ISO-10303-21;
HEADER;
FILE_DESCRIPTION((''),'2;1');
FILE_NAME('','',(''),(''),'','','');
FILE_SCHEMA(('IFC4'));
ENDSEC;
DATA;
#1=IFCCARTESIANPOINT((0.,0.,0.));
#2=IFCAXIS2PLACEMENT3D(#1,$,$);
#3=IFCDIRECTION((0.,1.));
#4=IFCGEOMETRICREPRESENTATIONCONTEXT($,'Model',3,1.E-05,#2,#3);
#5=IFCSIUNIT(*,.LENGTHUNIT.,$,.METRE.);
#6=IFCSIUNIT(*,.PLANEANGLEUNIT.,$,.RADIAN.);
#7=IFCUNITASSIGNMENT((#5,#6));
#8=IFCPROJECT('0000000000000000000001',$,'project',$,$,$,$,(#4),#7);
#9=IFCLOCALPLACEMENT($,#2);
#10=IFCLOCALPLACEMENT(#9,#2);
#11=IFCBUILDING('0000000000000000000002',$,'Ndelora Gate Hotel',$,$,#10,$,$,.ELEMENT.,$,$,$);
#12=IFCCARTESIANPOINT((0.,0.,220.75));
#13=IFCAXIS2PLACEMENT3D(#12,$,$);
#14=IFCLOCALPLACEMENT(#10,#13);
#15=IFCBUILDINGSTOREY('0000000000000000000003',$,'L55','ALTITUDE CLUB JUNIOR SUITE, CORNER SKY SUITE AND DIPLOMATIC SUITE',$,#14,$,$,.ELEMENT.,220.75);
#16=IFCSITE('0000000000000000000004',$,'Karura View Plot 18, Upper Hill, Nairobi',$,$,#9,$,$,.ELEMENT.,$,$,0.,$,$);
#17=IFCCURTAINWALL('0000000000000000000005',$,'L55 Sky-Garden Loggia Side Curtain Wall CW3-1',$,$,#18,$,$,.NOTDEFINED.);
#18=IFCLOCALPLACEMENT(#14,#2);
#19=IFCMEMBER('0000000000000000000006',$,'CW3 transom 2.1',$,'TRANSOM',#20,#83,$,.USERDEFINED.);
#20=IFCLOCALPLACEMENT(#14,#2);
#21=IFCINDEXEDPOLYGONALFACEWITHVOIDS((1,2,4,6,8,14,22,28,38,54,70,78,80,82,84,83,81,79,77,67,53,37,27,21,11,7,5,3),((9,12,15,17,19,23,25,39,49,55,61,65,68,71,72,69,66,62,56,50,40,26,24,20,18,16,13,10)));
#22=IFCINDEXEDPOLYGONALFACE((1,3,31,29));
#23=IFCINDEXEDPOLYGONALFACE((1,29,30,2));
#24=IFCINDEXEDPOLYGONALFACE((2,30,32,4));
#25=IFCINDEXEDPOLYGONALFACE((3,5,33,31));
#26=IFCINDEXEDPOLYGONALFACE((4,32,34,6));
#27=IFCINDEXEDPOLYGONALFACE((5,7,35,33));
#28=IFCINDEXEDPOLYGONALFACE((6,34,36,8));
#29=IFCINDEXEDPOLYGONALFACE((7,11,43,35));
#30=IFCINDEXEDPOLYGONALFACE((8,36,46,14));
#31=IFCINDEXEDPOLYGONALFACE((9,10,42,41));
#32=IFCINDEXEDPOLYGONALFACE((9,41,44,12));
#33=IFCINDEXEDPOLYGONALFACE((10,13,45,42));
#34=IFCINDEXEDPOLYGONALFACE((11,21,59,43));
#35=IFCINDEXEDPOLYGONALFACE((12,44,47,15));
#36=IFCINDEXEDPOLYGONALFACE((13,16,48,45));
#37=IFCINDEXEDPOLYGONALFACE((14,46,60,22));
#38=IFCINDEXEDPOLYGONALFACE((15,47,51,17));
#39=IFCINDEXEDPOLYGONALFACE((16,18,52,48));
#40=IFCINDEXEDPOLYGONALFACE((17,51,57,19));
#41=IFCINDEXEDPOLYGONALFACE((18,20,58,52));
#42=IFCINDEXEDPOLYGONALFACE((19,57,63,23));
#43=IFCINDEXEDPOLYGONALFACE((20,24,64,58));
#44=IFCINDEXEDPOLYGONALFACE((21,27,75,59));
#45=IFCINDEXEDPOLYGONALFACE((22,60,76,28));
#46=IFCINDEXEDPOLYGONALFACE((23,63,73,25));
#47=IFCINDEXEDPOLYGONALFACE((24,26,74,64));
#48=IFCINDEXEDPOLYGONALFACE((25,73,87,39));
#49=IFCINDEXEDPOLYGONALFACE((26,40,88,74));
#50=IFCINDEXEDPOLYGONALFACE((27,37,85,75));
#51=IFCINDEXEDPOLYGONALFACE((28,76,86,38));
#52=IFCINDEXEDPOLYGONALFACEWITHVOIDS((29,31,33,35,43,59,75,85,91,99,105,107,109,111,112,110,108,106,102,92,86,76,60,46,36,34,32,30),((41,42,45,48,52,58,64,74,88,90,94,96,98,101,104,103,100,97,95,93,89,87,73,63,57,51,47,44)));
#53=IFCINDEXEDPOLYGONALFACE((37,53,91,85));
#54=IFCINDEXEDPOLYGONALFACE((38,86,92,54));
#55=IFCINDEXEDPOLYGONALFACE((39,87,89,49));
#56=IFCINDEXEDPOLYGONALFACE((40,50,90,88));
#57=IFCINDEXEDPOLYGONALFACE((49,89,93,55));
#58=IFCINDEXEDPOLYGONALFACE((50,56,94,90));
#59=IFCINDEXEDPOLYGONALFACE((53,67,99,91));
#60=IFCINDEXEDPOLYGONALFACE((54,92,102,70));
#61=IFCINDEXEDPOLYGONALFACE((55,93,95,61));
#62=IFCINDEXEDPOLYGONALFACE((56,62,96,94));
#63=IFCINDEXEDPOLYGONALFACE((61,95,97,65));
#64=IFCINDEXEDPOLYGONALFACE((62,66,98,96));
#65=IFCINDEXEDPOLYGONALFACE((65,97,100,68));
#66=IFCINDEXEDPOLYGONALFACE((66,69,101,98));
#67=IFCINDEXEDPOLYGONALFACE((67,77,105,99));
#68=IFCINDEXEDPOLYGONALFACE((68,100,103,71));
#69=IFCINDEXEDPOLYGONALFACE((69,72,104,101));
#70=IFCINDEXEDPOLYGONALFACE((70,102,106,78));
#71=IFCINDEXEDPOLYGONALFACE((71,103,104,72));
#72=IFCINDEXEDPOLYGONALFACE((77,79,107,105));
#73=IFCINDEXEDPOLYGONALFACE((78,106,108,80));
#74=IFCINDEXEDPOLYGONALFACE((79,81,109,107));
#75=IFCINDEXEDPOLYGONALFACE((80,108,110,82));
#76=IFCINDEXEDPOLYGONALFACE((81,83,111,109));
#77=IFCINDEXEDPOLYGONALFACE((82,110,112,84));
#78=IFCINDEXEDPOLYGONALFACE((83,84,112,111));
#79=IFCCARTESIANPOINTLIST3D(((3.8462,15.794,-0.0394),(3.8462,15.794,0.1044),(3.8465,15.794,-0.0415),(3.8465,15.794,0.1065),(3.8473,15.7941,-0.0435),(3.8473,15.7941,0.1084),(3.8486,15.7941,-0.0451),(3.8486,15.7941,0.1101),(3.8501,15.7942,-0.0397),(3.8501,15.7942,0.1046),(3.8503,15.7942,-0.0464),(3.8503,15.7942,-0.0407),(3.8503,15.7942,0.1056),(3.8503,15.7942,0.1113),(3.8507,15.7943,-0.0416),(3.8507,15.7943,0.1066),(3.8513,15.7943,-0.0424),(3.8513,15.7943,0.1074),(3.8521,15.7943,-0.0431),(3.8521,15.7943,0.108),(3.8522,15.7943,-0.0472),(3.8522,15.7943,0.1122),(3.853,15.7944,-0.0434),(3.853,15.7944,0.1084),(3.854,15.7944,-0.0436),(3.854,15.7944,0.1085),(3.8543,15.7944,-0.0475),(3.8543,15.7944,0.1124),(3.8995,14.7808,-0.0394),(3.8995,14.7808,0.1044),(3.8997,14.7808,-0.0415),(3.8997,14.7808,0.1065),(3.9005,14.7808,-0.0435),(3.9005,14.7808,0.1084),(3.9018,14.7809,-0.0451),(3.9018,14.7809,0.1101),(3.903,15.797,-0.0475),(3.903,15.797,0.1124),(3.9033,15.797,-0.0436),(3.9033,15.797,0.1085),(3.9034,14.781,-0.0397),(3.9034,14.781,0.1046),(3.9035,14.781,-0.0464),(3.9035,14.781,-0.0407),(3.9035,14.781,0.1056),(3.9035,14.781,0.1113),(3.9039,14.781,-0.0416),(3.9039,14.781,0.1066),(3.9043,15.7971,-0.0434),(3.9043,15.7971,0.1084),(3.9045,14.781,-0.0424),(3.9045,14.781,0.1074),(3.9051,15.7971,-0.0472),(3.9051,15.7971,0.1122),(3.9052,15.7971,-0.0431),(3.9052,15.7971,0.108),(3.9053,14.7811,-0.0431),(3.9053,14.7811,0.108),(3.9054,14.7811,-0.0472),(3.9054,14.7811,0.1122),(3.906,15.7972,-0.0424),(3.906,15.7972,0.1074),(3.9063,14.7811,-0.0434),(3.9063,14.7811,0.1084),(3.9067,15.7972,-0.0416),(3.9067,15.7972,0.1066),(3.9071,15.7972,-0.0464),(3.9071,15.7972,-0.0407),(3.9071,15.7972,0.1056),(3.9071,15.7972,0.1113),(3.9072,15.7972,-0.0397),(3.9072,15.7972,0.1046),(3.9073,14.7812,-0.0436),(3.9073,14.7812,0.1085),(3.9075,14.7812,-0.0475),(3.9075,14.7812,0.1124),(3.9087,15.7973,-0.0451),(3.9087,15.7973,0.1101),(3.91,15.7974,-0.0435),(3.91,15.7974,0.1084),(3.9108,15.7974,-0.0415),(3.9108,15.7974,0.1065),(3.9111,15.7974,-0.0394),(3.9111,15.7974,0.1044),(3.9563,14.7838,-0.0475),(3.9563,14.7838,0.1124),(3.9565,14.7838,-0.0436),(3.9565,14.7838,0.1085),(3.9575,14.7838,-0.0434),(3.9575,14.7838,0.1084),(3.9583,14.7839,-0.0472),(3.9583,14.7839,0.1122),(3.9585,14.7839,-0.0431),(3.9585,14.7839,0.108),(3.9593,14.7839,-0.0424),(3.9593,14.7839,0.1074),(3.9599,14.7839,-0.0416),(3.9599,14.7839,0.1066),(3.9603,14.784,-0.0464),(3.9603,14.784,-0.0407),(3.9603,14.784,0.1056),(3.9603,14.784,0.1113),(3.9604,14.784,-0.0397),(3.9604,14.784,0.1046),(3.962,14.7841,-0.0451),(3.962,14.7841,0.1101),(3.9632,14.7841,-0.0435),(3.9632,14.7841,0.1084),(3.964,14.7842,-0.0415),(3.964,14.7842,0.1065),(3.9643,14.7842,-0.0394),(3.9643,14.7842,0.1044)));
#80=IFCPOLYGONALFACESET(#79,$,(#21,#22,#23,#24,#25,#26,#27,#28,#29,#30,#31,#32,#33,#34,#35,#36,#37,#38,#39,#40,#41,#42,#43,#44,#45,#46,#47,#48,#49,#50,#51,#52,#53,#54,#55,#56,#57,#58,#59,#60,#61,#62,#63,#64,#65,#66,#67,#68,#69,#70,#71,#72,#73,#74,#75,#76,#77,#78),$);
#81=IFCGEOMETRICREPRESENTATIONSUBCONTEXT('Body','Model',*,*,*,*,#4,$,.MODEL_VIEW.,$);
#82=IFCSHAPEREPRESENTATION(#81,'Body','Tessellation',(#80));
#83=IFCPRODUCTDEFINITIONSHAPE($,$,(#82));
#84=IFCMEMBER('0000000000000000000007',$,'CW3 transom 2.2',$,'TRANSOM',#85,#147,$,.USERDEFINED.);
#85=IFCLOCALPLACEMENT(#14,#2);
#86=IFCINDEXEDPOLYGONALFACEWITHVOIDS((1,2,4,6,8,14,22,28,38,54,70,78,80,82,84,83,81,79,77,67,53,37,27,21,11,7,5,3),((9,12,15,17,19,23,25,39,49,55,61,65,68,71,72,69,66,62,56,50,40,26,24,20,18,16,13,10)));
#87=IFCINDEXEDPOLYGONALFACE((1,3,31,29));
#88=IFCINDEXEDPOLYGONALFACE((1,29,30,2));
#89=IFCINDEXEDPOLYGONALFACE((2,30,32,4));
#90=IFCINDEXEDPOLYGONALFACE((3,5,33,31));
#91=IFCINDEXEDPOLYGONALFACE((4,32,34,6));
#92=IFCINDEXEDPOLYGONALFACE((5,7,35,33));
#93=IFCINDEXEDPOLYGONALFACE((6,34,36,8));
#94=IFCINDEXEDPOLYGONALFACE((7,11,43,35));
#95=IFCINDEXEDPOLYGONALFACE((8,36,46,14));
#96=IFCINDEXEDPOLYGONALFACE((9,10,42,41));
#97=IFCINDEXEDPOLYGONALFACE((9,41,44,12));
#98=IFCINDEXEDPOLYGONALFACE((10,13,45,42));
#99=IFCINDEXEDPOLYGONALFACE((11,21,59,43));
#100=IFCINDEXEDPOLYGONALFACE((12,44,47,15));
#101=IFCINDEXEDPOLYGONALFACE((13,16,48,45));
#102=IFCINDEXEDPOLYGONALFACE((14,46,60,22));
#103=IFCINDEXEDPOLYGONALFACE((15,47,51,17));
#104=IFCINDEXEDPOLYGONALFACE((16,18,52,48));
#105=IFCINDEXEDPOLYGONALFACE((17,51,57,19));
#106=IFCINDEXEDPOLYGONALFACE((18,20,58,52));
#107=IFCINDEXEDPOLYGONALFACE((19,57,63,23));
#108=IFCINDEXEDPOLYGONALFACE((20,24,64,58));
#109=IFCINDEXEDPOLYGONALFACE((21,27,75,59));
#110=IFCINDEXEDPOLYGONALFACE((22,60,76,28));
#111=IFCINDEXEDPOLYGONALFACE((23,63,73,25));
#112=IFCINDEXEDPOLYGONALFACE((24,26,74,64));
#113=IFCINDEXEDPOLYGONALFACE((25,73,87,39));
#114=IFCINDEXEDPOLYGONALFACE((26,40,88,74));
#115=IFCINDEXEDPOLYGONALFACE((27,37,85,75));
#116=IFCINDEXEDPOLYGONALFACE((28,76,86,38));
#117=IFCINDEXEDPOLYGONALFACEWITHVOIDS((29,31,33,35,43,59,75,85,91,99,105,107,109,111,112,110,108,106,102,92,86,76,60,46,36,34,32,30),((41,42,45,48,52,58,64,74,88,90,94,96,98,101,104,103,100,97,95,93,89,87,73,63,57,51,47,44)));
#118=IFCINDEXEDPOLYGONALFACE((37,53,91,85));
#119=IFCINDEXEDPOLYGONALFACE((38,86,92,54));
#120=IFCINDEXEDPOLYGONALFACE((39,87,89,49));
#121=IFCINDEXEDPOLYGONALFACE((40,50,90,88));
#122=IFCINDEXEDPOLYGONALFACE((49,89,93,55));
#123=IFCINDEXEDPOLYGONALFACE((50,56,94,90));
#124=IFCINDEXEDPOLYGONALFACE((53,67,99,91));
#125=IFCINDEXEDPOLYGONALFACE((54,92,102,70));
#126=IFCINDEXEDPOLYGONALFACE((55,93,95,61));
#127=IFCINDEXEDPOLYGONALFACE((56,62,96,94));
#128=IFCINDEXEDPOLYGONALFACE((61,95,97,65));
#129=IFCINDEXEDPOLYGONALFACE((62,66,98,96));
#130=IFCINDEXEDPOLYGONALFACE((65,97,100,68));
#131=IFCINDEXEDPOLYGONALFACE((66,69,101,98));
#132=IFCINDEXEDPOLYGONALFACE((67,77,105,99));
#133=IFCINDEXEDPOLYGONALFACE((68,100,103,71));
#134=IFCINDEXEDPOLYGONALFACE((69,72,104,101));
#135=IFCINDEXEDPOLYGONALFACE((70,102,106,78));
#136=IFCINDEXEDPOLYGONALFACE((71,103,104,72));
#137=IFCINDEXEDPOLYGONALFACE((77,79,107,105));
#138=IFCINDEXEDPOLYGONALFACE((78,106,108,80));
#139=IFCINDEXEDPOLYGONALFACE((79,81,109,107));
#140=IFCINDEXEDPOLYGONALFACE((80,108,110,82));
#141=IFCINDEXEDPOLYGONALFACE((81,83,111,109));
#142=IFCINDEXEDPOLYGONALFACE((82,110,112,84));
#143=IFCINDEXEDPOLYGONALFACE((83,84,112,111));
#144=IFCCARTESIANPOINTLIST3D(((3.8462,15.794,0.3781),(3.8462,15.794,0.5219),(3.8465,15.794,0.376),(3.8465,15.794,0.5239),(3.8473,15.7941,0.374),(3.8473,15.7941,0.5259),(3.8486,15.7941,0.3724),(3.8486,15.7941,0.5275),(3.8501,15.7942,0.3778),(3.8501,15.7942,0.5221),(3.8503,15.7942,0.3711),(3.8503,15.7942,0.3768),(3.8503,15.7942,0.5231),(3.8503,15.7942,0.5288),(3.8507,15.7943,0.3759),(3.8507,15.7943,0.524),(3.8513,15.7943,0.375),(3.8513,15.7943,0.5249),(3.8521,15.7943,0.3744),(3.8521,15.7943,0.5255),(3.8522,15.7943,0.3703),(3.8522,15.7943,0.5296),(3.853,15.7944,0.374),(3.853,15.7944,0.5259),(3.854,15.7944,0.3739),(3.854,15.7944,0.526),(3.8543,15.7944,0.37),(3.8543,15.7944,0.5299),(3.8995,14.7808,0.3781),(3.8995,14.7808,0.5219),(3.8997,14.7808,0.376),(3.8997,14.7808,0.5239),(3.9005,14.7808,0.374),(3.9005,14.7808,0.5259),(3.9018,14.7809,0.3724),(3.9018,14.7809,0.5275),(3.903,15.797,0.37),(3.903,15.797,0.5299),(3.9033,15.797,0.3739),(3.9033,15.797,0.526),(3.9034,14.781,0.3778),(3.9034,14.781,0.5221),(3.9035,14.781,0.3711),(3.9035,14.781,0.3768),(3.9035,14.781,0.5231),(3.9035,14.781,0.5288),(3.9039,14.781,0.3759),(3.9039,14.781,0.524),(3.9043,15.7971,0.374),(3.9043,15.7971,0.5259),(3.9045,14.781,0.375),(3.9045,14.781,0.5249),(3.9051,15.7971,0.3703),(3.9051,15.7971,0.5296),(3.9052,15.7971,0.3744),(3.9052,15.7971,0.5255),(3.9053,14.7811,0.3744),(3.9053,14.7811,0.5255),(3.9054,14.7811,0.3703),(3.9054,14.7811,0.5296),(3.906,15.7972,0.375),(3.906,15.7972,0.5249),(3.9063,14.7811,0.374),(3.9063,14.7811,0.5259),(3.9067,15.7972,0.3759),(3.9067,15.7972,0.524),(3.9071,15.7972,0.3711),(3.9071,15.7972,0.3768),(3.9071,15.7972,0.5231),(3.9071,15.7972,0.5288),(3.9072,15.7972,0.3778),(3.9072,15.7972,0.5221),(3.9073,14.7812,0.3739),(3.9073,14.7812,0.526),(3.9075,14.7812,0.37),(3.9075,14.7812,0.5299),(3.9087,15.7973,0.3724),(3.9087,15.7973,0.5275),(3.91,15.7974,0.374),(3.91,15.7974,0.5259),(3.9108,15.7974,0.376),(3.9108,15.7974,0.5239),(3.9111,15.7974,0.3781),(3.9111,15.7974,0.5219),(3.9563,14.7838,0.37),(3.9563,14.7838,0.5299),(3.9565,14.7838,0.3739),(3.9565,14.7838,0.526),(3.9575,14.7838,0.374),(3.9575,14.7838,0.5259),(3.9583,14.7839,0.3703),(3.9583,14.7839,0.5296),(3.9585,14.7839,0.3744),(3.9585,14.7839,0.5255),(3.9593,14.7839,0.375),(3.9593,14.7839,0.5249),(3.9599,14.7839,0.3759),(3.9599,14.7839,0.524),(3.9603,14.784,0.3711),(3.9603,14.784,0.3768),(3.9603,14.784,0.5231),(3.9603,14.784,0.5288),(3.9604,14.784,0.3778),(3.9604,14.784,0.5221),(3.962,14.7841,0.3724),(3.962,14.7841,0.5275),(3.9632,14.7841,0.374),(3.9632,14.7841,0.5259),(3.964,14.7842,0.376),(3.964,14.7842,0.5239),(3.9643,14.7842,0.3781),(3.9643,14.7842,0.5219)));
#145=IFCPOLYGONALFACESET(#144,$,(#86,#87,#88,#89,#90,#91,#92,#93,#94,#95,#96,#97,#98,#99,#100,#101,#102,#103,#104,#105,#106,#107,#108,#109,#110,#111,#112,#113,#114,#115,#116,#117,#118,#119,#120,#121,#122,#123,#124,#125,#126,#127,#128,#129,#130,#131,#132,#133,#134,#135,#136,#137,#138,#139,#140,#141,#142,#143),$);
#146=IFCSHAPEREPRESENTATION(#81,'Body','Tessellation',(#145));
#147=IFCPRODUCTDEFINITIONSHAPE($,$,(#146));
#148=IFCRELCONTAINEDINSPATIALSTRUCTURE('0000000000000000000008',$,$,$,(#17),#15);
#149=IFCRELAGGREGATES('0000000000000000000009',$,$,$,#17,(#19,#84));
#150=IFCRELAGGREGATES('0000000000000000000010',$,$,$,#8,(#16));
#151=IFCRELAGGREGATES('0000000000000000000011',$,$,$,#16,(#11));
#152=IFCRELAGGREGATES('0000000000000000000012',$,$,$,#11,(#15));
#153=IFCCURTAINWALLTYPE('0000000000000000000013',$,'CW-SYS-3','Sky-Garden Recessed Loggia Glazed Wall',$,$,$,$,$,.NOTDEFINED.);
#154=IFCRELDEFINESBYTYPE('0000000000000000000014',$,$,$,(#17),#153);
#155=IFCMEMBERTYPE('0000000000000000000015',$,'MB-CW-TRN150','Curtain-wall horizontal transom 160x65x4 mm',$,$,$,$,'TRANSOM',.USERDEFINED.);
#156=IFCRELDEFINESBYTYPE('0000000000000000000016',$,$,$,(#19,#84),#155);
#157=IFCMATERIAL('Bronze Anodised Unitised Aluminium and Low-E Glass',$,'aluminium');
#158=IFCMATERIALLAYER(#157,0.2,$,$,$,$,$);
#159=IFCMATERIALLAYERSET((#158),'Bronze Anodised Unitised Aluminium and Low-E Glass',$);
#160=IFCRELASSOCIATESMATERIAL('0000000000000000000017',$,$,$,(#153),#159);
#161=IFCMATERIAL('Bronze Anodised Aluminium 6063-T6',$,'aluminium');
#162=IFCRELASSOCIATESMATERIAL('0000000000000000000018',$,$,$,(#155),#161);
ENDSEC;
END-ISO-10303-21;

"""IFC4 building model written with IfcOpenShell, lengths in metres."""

from ifc_helpers import new_model, si_unit, direction, frame, origin, origin_2d, place, context, subcontext, project, spatial, hollow_rectangle, extrude, material, layer, layer_set, material_profile, profile_set, type_object, element, aggregate, save


model = new_model("IFC4")

# Units and contexts
model_context = context("Model", 3, precision=1e-05, world=origin(), true_north=direction((0.0, 1.0)))
body_context = subcontext(model_context, "Body", "Model", "MODEL_VIEW")
ifc_project = project(units=[si_unit("LENGTHUNIT", "METRE"), si_unit("PLANEANGLEUNIT", "RADIAN")], contexts=[model_context])

# Site, building, storey
site_placement = place(None, origin())
site = spatial("IfcSite", under=ifc_project, at=site_placement, Name="Karura View Plot 18, Upper Hill, Nairobi", CompositionType="ELEMENT", RefElevation=0.0)
building_placement = place(site_placement, origin())
building = spatial("IfcBuilding", under=site, at=building_placement, Name="Ndelora Gate Hotel", CompositionType="ELEMENT")
storey_placement = place(building_placement, frame((0.0, 0.0, 220.75)))
storey = spatial("IfcBuildingStorey", under=building, at=storey_placement, Name="L55", Description="ALTITUDE CLUB JUNIOR SUITE, CORNER SKY SUITE AND DIPLOMATIC SUITE", CompositionType="ELEMENT", Elevation=220.75)

# Curtain wall, members
ifc_material_1 = material(Name="Bronze Anodised Unitised Aluminium and Low-E Glass", Category="aluminium")
ifc_layer_1 = layer(ifc_material_1, 0.2)
ifc_layer_set_1 = layer_set([ifc_layer_1], Name="Bronze Anodised Unitised Aluminium and Low-E Glass")
curtain_wall_type = type_object("IfcCurtainWallType", Name="CW-SYS-3", Description="Sky-Garden Recessed Loggia Glazed Wall", PredefinedType="NOTDEFINED", material=ifc_layer_set_1)
curtain_wall_placement = place(storey_placement, origin())
curtain_wall = element("IfcCurtainWall", 1, at=curtain_wall_placement, inside=storey, type_object=curtain_wall_type, Name="L55 Sky-Garden Loggia Side Curtain Wall CW3-1", PredefinedType="NOTDEFINED")
ifc_material_2 = material(Name="Bronze Anodised Aluminium 6063-T6", Category="aluminium")
ifc_material_profile_1 = material_profile(ifc_material_2, hollow_rectangle(XDim=0.0649, YDim=0.1599, WallThickness=0.0039, InnerFilletRadius=0.0039, OuterFilletRadius=0.0081, at=origin_2d()), Name="ALU 160x65x4")
ifc_profile_set_1 = profile_set([ifc_material_profile_1], Name="Bronze Anodised Aluminium 6063-T6")
member_type_1 = type_object("IfcMemberType", Name="MB-CW-TRN150", Description="Curtain-wall horizontal transom 160x65x4 mm", ElementType="TRANSOM", PredefinedType="USERDEFINED", material=ifc_profile_set_1)
member_1_placement = place(storey_placement, frame((3.9319, 14.7825, 0.0325), z_axis=(-0.052458, 0.998623, 0.0), x_axis=(-0.998623, -0.052458, 0.0)))
member_1 = element("IfcMember", 2, at=member_1_placement, type_object=member_type_1, Name="CW3 transom 2.1", ObjectType="TRANSOM", PredefinedType="USERDEFINED", context=body_context, shape_type="SweptSolid", body=[
    extrude(hollow_rectangle(XDim=0.0649, YDim=0.1599, WallThickness=0.0039, InnerFilletRadius=0.0039, OuterFilletRadius=0.0081, at=origin_2d()), origin(), (0.0, 0.0, 1.0), 1.0146),
])
member_2_placement = place(storey_placement, frame((3.9319, 14.7825, 0.45), z_axis=(-0.052458, 0.998623, 0.0), x_axis=(-0.998623, -0.052458, 0.0)))
member_2 = element("IfcMember", 3, at=member_2_placement, type_object=member_type_1, Name="CW3 transom 2.2", ObjectType="TRANSOM", PredefinedType="USERDEFINED", context=body_context, shape_type="SweptSolid", body=[
    extrude(hollow_rectangle(XDim=0.0649, YDim=0.1599, WallThickness=0.0039, InnerFilletRadius=0.0039, OuterFilletRadius=0.0081, at=origin_2d()), origin(), (0.0, 0.0, 1.0), 1.0146),
])

aggregate(curtain_wall, [member_1, member_2])

save(model, "model.ifc")
